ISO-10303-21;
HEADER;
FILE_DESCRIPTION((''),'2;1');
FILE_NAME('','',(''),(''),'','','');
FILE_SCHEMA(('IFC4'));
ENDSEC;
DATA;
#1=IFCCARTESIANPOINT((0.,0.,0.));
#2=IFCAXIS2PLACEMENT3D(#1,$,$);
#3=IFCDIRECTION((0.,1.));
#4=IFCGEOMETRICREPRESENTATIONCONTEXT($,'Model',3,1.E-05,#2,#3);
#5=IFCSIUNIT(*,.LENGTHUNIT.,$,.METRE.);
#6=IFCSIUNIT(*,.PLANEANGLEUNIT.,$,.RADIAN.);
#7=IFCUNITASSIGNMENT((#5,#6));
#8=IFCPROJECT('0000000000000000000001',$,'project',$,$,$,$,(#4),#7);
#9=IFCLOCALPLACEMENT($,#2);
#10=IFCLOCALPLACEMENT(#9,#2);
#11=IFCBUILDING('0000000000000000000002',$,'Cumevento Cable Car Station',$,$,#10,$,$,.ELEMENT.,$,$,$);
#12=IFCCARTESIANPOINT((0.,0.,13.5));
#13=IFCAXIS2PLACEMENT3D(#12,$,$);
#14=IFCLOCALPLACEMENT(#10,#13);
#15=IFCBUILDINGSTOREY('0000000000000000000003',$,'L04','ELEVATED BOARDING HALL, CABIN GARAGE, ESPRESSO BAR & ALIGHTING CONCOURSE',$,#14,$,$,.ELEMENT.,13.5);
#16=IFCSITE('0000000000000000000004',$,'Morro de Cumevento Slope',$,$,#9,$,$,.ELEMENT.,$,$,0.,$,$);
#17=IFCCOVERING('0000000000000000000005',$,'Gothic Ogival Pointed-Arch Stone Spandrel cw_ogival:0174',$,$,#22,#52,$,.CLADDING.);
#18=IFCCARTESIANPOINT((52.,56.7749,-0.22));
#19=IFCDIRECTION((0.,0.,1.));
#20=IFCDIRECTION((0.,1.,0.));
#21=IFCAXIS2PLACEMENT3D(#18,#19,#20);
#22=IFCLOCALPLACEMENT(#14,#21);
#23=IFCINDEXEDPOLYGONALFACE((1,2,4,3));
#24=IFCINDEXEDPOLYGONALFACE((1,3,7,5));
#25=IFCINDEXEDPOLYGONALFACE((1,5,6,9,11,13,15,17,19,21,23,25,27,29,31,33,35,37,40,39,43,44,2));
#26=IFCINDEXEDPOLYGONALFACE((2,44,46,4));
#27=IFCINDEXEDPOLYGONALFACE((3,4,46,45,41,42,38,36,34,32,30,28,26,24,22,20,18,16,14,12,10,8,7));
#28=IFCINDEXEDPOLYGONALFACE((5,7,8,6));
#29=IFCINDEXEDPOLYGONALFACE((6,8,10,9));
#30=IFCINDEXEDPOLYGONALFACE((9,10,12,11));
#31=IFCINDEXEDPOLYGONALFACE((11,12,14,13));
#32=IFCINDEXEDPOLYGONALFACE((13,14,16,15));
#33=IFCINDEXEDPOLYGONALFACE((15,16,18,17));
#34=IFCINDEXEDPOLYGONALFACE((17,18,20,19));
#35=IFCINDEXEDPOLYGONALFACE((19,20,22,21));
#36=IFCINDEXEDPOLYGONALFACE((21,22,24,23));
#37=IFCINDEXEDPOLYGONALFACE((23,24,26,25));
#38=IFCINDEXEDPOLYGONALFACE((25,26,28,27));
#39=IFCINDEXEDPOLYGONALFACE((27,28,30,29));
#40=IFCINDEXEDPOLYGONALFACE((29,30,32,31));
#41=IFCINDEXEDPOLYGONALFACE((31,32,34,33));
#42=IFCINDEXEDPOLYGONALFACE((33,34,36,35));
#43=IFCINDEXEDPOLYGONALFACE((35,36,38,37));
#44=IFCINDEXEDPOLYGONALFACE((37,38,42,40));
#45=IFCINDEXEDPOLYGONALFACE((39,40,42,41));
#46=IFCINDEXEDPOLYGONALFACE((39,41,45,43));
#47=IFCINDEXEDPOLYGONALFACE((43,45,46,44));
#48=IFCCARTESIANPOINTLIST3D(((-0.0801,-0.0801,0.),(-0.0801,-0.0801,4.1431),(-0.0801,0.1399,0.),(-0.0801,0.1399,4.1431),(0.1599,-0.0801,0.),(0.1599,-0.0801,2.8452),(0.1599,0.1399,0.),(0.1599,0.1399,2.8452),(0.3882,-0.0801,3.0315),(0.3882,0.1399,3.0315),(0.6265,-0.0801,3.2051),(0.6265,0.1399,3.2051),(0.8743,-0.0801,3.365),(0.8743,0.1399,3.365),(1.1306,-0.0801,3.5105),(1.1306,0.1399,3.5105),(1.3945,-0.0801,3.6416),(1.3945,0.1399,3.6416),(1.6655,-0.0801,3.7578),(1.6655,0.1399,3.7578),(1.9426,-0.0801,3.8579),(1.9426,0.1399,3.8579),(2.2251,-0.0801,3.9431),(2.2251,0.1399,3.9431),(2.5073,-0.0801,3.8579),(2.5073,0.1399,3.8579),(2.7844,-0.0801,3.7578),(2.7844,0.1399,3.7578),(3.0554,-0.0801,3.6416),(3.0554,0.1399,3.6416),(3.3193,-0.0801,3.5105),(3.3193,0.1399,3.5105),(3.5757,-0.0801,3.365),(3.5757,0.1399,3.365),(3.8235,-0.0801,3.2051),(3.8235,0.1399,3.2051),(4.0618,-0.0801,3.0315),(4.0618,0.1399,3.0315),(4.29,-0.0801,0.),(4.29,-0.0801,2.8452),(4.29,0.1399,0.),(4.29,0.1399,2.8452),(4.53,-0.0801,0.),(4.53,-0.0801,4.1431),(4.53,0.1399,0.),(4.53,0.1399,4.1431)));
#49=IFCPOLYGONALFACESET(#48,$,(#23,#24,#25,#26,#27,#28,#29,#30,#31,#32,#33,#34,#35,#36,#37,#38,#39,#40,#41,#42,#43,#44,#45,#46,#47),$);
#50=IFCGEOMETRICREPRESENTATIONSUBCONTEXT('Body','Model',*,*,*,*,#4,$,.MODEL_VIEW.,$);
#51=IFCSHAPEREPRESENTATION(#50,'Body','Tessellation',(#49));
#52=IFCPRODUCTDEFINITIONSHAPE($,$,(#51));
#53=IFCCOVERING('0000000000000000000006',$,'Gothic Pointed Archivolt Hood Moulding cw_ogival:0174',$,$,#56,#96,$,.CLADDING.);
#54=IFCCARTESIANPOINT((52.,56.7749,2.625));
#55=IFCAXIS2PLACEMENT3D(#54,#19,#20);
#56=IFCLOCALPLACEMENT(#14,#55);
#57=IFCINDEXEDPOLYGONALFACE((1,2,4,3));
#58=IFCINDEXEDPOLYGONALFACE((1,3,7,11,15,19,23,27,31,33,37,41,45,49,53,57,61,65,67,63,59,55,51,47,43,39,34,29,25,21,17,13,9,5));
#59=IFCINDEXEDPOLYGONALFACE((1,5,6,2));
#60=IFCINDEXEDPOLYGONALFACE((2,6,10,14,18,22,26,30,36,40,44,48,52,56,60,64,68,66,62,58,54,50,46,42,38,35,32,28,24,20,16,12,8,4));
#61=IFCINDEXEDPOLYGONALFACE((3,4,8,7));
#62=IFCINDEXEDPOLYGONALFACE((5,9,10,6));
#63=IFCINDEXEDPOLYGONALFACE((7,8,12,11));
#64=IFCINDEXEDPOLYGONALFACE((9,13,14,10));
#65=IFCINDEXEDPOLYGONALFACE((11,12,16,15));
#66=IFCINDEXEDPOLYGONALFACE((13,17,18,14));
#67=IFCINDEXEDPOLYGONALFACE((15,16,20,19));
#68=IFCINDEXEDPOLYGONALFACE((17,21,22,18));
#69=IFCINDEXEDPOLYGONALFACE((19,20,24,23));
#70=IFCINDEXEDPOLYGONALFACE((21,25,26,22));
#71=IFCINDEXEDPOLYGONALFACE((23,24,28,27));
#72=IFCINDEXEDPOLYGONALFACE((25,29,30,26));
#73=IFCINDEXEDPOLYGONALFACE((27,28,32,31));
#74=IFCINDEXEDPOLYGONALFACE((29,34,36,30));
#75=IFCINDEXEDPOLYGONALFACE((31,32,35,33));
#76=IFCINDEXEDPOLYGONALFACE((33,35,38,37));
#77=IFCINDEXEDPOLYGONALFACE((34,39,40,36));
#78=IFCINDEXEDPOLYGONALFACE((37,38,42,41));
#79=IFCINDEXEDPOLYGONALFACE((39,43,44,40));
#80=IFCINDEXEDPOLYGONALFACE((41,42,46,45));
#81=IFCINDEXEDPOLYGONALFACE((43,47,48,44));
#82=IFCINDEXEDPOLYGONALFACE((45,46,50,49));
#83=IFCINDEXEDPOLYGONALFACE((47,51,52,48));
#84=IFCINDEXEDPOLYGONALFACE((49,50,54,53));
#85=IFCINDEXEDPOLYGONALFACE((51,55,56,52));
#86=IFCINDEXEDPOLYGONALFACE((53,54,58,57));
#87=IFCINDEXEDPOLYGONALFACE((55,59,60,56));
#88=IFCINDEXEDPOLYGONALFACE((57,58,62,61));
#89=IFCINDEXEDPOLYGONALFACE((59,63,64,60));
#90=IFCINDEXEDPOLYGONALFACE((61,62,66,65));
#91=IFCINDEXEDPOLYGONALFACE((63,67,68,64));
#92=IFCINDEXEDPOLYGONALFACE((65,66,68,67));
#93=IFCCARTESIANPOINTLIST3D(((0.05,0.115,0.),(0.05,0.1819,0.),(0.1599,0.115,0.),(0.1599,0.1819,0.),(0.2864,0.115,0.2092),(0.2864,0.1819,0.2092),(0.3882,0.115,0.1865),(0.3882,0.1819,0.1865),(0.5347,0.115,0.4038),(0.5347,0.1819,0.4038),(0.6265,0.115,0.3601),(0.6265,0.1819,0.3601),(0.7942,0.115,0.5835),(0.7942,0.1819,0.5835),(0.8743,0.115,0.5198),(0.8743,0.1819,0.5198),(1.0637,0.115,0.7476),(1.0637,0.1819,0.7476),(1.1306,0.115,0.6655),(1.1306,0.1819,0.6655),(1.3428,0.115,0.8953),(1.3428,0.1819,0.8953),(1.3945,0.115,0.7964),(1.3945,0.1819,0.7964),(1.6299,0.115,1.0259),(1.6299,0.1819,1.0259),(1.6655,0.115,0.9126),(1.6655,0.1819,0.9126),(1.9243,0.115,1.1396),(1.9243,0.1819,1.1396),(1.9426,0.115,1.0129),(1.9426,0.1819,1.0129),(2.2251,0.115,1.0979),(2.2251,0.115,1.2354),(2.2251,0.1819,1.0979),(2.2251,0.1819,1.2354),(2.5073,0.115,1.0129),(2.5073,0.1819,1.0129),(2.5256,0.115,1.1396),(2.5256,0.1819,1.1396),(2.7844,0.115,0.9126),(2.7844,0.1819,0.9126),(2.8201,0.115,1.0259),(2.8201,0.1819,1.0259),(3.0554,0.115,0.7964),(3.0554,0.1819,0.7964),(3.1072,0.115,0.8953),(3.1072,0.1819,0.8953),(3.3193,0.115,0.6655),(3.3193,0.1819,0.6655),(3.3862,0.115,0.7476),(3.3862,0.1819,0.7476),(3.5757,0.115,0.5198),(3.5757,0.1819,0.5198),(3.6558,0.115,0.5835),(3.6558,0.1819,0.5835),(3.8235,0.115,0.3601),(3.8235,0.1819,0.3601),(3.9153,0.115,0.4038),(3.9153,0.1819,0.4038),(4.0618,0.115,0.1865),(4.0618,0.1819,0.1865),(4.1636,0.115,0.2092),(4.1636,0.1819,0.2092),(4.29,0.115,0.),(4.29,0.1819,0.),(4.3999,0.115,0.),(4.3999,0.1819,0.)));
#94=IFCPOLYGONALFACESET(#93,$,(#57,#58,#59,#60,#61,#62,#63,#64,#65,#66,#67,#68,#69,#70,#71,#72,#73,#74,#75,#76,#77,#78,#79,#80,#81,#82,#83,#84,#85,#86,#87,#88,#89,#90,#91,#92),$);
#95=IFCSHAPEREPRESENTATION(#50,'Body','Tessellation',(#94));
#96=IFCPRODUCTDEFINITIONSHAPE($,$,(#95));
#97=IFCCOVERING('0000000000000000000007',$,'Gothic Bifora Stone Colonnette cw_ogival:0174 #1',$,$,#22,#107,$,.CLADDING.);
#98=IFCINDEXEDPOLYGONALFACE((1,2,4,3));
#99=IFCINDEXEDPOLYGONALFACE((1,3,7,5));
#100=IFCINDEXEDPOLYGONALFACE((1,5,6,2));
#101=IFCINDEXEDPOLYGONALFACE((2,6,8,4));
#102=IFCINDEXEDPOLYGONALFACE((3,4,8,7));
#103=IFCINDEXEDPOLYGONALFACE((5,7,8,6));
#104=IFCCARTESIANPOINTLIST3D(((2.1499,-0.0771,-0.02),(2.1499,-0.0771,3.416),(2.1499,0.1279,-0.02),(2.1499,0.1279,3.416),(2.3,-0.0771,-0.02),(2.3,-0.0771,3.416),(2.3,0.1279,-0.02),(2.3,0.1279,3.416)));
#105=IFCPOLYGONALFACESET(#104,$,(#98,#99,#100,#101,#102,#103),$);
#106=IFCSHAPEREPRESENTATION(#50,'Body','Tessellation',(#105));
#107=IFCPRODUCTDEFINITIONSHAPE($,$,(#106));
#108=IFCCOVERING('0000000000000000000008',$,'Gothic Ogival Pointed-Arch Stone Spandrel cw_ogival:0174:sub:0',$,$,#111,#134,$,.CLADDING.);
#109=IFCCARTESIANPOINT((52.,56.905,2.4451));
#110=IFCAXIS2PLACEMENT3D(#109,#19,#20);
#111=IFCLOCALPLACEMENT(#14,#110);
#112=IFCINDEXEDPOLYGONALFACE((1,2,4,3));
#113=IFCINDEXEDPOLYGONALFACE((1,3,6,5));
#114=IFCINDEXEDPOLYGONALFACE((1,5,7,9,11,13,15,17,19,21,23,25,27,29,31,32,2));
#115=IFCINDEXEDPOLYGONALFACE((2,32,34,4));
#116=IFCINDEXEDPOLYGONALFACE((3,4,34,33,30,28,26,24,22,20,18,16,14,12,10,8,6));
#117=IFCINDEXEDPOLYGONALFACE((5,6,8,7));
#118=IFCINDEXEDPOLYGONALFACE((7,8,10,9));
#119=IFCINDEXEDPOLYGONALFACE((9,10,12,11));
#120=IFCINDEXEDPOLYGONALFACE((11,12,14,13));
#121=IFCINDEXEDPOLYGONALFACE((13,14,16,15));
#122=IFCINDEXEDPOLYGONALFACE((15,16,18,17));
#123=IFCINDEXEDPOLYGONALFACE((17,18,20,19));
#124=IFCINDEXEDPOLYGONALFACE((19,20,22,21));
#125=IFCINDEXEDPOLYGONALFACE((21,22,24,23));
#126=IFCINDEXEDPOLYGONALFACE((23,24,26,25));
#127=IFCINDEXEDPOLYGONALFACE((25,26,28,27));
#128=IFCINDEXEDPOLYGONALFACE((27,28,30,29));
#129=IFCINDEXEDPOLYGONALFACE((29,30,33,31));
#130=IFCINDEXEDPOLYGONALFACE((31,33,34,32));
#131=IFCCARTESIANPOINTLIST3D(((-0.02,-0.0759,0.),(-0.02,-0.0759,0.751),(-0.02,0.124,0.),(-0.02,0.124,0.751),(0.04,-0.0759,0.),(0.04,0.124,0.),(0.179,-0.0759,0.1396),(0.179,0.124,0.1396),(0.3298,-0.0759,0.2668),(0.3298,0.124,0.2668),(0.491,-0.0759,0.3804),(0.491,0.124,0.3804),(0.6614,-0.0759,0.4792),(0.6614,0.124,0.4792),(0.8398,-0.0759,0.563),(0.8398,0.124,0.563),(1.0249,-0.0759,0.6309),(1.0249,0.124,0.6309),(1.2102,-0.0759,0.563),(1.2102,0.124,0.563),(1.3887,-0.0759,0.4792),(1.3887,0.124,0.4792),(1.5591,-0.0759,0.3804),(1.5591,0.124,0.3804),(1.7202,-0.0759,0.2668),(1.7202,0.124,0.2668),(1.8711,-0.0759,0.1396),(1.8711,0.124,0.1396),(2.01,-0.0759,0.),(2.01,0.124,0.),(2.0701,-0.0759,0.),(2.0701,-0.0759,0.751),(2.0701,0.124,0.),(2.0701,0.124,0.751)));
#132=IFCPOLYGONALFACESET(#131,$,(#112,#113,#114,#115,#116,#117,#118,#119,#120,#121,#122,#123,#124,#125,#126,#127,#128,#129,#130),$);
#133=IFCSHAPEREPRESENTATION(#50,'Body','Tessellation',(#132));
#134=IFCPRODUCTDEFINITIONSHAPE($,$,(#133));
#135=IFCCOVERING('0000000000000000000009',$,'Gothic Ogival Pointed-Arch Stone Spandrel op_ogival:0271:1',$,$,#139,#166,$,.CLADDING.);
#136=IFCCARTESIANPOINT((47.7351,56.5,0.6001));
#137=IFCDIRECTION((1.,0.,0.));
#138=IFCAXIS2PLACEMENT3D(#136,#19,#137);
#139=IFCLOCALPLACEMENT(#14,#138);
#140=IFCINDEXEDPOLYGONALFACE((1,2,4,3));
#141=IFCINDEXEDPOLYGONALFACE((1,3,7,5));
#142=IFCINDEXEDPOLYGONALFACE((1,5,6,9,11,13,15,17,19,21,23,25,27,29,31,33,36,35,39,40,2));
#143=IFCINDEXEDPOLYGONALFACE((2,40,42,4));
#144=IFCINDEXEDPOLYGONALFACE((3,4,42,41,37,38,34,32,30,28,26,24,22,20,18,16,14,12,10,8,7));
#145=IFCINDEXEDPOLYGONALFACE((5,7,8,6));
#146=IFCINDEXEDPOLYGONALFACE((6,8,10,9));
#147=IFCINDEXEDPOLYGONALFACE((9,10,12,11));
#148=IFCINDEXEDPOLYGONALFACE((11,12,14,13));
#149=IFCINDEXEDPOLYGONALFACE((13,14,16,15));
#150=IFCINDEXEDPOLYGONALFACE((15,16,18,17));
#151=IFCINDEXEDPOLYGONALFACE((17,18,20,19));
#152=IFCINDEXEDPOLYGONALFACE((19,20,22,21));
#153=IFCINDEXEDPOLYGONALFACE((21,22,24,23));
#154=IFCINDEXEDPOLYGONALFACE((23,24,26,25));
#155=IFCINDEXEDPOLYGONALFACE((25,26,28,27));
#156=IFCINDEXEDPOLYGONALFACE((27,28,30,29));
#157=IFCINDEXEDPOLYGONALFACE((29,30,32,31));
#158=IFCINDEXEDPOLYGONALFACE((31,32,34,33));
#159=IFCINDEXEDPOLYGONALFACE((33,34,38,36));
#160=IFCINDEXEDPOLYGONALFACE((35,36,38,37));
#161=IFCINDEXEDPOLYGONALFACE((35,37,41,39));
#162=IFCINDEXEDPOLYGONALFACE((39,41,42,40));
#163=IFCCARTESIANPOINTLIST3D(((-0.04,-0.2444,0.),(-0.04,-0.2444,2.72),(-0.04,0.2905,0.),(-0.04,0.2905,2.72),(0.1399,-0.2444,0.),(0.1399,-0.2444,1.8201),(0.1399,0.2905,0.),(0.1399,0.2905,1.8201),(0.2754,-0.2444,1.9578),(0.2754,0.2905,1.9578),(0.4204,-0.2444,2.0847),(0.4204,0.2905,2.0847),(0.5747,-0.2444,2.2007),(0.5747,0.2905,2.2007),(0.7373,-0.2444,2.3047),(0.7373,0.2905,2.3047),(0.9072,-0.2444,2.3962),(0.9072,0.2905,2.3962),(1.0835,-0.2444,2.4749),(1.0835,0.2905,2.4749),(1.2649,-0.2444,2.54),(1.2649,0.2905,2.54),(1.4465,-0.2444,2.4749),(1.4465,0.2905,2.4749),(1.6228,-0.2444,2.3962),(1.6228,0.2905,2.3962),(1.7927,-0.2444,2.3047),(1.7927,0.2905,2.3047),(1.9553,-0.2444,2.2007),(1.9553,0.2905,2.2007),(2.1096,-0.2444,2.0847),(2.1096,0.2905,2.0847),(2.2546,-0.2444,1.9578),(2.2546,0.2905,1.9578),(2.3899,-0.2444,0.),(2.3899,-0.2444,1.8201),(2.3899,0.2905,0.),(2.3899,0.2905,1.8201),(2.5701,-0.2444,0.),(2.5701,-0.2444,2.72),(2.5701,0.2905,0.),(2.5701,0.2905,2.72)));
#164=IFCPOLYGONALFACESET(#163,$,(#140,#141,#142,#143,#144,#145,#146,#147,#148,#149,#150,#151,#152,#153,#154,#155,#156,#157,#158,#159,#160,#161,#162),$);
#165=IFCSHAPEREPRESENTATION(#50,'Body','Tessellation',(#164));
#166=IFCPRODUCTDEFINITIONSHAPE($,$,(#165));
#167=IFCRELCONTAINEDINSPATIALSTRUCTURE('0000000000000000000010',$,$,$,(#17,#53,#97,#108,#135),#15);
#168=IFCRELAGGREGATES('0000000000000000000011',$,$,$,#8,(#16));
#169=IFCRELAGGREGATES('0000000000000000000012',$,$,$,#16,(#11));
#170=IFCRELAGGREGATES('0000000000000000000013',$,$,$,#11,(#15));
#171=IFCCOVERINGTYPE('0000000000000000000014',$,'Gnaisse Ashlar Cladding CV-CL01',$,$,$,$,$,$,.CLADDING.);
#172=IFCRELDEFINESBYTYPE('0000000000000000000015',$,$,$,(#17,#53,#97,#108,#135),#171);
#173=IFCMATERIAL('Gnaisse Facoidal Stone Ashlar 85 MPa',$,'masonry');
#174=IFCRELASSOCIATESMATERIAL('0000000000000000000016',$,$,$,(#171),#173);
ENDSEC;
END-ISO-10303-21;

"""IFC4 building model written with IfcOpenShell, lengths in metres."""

from ifc_helpers import new_model, si_unit, direction, frame, origin, place, context, subcontext, project, spatial, polyline, outline, extrude, material, type_object, element, save


model = new_model("IFC4")

# Units and contexts
model_context = context("Model", 3, precision=1e-05, world=origin(), true_north=direction((0.0, 1.0)))
body_context = subcontext(model_context, "Body", "Model", "MODEL_VIEW")
ifc_project = project(units=[si_unit("LENGTHUNIT", "METRE"), si_unit("PLANEANGLEUNIT", "RADIAN")], contexts=[model_context])

# Site, building, storey
site_placement = place(None, origin())
site = spatial("IfcSite", under=ifc_project, at=site_placement, Name="Morro de Cumevento Slope", CompositionType="ELEMENT", RefElevation=0.0)
building_placement = place(site_placement, origin())
building = spatial("IfcBuilding", under=site, at=building_placement, Name="Cumevento Cable Car Station", CompositionType="ELEMENT")
storey_placement = place(building_placement, frame((0.0, 0.0, 13.5)))
storey = spatial("IfcBuildingStorey", under=building, at=storey_placement, Name="L04", Description="ELEVATED BOARDING HALL, CABIN GARAGE, ESPRESSO BAR & ALIGHTING CONCOURSE", CompositionType="ELEMENT", Elevation=13.5)

# Coverings
ifc_material_1 = material(Name="Gnaisse Facoidal Stone Ashlar 85 MPa", Category="masonry")
covering_type = type_object("IfcCoveringType", Name="Gnaisse Ashlar Cladding CV-CL01", PredefinedType="CLADDING", material=ifc_material_1)
placement = place(storey_placement, frame((52.0, 56.7749, -0.22), z_axis=(0.0, 0.0, 1.0), x_axis=(0.0, 1.0, 0.0)))
element("IfcCovering", 1, at=placement, inside=storey, type_object=covering_type, Name="Gothic Ogival Pointed-Arch Stone Spandrel cw_ogival:0174", PredefinedType="CLADDING", context=body_context, shape_type="SweptSolid", body=[
    extrude(outline(polyline([(-0.0801, 0.0), (-0.0801, 4.1431), (4.53, 4.1431), (4.53, 0.0), (4.29, 0.0), (4.29, 2.8452), (4.0618, 3.0315), (3.8235, 3.2051), (3.5757, 3.365), (3.3193, 3.5105), (3.0554, 3.6416), (2.7844, 3.7578), (2.5073, 3.8579), (2.2251, 3.9431), (1.9426, 3.8579), (1.6655, 3.7578), (1.3945, 3.6416), (1.1306, 3.5105), (0.8743, 3.365), (0.6265, 3.2051), (0.3882, 3.0315), (0.1599, 2.8452), (0.1599, 0.0), (-0.0801, 0.0)])), frame((0.0, 0.1399, 0.0), z_axis=(0.0, -1.0, 0.0), x_axis=(1.0, 0.0, 0.0)), (0.0, 0.0, 1.0), 0.22),
])
covering_1_placement = place(storey_placement, frame((52.0, 56.7749, 2.625), z_axis=(0.0, 0.0, 1.0), x_axis=(0.0, 1.0, 0.0)))
element("IfcCovering", 2, at=covering_1_placement, inside=storey, type_object=covering_type, Name="Gothic Pointed Archivolt Hood Moulding cw_ogival:0174", PredefinedType="CLADDING", context=body_context, shape_type="SweptSolid", body=[
    extrude(outline(polyline([(0.1599, 0.0), (0.3882, 0.1865), (0.6265, 0.3601), (0.8743, 0.5198), (1.1306, 0.6655), (1.3945, 0.7964), (1.6655, 0.9126), (1.9426, 1.0129), (2.2251, 1.0979), (2.5073, 1.0129), (2.7844, 0.9126), (3.0554, 0.7964), (3.3193, 0.6655), (3.5757, 0.5198), (3.8235, 0.3601), (4.0618, 0.1865), (4.29, 0.0), (4.3999, 0.0), (4.1636, 0.2092), (3.9153, 0.4038), (3.6558, 0.5835), (3.3862, 0.7476), (3.1072, 0.8953), (2.8201, 1.0259), (2.5256, 1.1396), (2.2251, 1.2354), (1.9243, 1.1396), (1.6299, 1.0259), (1.3428, 0.8953), (1.0637, 0.7476), (0.7942, 0.5835), (0.5347, 0.4038), (0.2864, 0.2092), (0.05, 0.0), (0.1599, 0.0)])), frame((0.0, 0.1819, 0.0), z_axis=(0.0, -1.0, 0.0), x_axis=(1.0, 0.0, 0.0)), (0.0, 0.0, 1.0), 0.0669),
])
element("IfcCovering", 3, at=placement, inside=storey, type_object=covering_type, Name="Gothic Bifora Stone Colonnette cw_ogival:0174 #1", PredefinedType="CLADDING", context=body_context, shape_type="SweptSolid", body=[
    extrude(outline(polyline([(2.1499, -0.02), (2.3, -0.02), (2.3, 3.416), (2.1499, 3.416), (2.1499, -0.02)])), frame((0.0, 0.1279, 0.0), z_axis=(0.0, -1.0, 0.0), x_axis=(1.0, 0.0, 0.0)), (0.0, 0.0, 1.0), 0.2051),
])
covering_2_placement = place(storey_placement, frame((52.0, 56.905, 2.4451), z_axis=(0.0, 0.0, 1.0), x_axis=(0.0, 1.0, 0.0)))
element("IfcCovering", 4, at=covering_2_placement, inside=storey, type_object=covering_type, Name="Gothic Ogival Pointed-Arch Stone Spandrel cw_ogival:0174:sub:0", PredefinedType="CLADDING", context=body_context, shape_type="SweptSolid", body=[
    extrude(outline(polyline([(-0.02, 0.0), (-0.02, 0.751), (2.0701, 0.751), (2.0701, 0.0), (2.01, 0.0), (1.8711, 0.1396), (1.7202, 0.2668), (1.5591, 0.3804), (1.3887, 0.4792), (1.2102, 0.563), (1.0249, 0.6309), (0.8398, 0.563), (0.6614, 0.4792), (0.491, 0.3804), (0.3298, 0.2668), (0.179, 0.1396), (0.04, 0.0), (-0.02, 0.0)])), frame((0.0, 0.124, 0.0), z_axis=(0.0, -1.0, 0.0), x_axis=(1.0, 0.0, 0.0)), (0.0, 0.0, 1.0), 0.2),
])
covering_3_placement = place(storey_placement, frame((47.7351, 56.5, 0.6001), z_axis=(0.0, 0.0, 1.0), x_axis=(1.0, 0.0, 0.0)))
element("IfcCovering", 5, at=covering_3_placement, inside=storey, type_object=covering_type, Name="Gothic Ogival Pointed-Arch Stone Spandrel op_ogival:0271:1", PredefinedType="CLADDING", context=body_context, shape_type="SweptSolid", body=[
    extrude(outline(polyline([(-0.04, 0.0), (-0.04, 2.72), (2.5701, 2.72), (2.5701, 0.0), (2.3899, 0.0), (2.3899, 1.8201), (2.2546, 1.9578), (2.1096, 2.0847), (1.9553, 2.2007), (1.7927, 2.3047), (1.6228, 2.3962), (1.4465, 2.4749), (1.2649, 2.54), (1.0835, 2.4749), (0.9072, 2.3962), (0.7373, 2.3047), (0.5747, 2.2007), (0.4204, 2.0847), (0.2754, 1.9578), (0.1399, 1.8201), (0.1399, 0.0), (-0.04, 0.0)])), frame((0.0, 0.2905, 0.0), z_axis=(0.0, -1.0, 0.0), x_axis=(1.0, 0.0, 0.0)), (0.0, 0.0, 1.0), 0.5349),
])

save(model, "model.ifc")
